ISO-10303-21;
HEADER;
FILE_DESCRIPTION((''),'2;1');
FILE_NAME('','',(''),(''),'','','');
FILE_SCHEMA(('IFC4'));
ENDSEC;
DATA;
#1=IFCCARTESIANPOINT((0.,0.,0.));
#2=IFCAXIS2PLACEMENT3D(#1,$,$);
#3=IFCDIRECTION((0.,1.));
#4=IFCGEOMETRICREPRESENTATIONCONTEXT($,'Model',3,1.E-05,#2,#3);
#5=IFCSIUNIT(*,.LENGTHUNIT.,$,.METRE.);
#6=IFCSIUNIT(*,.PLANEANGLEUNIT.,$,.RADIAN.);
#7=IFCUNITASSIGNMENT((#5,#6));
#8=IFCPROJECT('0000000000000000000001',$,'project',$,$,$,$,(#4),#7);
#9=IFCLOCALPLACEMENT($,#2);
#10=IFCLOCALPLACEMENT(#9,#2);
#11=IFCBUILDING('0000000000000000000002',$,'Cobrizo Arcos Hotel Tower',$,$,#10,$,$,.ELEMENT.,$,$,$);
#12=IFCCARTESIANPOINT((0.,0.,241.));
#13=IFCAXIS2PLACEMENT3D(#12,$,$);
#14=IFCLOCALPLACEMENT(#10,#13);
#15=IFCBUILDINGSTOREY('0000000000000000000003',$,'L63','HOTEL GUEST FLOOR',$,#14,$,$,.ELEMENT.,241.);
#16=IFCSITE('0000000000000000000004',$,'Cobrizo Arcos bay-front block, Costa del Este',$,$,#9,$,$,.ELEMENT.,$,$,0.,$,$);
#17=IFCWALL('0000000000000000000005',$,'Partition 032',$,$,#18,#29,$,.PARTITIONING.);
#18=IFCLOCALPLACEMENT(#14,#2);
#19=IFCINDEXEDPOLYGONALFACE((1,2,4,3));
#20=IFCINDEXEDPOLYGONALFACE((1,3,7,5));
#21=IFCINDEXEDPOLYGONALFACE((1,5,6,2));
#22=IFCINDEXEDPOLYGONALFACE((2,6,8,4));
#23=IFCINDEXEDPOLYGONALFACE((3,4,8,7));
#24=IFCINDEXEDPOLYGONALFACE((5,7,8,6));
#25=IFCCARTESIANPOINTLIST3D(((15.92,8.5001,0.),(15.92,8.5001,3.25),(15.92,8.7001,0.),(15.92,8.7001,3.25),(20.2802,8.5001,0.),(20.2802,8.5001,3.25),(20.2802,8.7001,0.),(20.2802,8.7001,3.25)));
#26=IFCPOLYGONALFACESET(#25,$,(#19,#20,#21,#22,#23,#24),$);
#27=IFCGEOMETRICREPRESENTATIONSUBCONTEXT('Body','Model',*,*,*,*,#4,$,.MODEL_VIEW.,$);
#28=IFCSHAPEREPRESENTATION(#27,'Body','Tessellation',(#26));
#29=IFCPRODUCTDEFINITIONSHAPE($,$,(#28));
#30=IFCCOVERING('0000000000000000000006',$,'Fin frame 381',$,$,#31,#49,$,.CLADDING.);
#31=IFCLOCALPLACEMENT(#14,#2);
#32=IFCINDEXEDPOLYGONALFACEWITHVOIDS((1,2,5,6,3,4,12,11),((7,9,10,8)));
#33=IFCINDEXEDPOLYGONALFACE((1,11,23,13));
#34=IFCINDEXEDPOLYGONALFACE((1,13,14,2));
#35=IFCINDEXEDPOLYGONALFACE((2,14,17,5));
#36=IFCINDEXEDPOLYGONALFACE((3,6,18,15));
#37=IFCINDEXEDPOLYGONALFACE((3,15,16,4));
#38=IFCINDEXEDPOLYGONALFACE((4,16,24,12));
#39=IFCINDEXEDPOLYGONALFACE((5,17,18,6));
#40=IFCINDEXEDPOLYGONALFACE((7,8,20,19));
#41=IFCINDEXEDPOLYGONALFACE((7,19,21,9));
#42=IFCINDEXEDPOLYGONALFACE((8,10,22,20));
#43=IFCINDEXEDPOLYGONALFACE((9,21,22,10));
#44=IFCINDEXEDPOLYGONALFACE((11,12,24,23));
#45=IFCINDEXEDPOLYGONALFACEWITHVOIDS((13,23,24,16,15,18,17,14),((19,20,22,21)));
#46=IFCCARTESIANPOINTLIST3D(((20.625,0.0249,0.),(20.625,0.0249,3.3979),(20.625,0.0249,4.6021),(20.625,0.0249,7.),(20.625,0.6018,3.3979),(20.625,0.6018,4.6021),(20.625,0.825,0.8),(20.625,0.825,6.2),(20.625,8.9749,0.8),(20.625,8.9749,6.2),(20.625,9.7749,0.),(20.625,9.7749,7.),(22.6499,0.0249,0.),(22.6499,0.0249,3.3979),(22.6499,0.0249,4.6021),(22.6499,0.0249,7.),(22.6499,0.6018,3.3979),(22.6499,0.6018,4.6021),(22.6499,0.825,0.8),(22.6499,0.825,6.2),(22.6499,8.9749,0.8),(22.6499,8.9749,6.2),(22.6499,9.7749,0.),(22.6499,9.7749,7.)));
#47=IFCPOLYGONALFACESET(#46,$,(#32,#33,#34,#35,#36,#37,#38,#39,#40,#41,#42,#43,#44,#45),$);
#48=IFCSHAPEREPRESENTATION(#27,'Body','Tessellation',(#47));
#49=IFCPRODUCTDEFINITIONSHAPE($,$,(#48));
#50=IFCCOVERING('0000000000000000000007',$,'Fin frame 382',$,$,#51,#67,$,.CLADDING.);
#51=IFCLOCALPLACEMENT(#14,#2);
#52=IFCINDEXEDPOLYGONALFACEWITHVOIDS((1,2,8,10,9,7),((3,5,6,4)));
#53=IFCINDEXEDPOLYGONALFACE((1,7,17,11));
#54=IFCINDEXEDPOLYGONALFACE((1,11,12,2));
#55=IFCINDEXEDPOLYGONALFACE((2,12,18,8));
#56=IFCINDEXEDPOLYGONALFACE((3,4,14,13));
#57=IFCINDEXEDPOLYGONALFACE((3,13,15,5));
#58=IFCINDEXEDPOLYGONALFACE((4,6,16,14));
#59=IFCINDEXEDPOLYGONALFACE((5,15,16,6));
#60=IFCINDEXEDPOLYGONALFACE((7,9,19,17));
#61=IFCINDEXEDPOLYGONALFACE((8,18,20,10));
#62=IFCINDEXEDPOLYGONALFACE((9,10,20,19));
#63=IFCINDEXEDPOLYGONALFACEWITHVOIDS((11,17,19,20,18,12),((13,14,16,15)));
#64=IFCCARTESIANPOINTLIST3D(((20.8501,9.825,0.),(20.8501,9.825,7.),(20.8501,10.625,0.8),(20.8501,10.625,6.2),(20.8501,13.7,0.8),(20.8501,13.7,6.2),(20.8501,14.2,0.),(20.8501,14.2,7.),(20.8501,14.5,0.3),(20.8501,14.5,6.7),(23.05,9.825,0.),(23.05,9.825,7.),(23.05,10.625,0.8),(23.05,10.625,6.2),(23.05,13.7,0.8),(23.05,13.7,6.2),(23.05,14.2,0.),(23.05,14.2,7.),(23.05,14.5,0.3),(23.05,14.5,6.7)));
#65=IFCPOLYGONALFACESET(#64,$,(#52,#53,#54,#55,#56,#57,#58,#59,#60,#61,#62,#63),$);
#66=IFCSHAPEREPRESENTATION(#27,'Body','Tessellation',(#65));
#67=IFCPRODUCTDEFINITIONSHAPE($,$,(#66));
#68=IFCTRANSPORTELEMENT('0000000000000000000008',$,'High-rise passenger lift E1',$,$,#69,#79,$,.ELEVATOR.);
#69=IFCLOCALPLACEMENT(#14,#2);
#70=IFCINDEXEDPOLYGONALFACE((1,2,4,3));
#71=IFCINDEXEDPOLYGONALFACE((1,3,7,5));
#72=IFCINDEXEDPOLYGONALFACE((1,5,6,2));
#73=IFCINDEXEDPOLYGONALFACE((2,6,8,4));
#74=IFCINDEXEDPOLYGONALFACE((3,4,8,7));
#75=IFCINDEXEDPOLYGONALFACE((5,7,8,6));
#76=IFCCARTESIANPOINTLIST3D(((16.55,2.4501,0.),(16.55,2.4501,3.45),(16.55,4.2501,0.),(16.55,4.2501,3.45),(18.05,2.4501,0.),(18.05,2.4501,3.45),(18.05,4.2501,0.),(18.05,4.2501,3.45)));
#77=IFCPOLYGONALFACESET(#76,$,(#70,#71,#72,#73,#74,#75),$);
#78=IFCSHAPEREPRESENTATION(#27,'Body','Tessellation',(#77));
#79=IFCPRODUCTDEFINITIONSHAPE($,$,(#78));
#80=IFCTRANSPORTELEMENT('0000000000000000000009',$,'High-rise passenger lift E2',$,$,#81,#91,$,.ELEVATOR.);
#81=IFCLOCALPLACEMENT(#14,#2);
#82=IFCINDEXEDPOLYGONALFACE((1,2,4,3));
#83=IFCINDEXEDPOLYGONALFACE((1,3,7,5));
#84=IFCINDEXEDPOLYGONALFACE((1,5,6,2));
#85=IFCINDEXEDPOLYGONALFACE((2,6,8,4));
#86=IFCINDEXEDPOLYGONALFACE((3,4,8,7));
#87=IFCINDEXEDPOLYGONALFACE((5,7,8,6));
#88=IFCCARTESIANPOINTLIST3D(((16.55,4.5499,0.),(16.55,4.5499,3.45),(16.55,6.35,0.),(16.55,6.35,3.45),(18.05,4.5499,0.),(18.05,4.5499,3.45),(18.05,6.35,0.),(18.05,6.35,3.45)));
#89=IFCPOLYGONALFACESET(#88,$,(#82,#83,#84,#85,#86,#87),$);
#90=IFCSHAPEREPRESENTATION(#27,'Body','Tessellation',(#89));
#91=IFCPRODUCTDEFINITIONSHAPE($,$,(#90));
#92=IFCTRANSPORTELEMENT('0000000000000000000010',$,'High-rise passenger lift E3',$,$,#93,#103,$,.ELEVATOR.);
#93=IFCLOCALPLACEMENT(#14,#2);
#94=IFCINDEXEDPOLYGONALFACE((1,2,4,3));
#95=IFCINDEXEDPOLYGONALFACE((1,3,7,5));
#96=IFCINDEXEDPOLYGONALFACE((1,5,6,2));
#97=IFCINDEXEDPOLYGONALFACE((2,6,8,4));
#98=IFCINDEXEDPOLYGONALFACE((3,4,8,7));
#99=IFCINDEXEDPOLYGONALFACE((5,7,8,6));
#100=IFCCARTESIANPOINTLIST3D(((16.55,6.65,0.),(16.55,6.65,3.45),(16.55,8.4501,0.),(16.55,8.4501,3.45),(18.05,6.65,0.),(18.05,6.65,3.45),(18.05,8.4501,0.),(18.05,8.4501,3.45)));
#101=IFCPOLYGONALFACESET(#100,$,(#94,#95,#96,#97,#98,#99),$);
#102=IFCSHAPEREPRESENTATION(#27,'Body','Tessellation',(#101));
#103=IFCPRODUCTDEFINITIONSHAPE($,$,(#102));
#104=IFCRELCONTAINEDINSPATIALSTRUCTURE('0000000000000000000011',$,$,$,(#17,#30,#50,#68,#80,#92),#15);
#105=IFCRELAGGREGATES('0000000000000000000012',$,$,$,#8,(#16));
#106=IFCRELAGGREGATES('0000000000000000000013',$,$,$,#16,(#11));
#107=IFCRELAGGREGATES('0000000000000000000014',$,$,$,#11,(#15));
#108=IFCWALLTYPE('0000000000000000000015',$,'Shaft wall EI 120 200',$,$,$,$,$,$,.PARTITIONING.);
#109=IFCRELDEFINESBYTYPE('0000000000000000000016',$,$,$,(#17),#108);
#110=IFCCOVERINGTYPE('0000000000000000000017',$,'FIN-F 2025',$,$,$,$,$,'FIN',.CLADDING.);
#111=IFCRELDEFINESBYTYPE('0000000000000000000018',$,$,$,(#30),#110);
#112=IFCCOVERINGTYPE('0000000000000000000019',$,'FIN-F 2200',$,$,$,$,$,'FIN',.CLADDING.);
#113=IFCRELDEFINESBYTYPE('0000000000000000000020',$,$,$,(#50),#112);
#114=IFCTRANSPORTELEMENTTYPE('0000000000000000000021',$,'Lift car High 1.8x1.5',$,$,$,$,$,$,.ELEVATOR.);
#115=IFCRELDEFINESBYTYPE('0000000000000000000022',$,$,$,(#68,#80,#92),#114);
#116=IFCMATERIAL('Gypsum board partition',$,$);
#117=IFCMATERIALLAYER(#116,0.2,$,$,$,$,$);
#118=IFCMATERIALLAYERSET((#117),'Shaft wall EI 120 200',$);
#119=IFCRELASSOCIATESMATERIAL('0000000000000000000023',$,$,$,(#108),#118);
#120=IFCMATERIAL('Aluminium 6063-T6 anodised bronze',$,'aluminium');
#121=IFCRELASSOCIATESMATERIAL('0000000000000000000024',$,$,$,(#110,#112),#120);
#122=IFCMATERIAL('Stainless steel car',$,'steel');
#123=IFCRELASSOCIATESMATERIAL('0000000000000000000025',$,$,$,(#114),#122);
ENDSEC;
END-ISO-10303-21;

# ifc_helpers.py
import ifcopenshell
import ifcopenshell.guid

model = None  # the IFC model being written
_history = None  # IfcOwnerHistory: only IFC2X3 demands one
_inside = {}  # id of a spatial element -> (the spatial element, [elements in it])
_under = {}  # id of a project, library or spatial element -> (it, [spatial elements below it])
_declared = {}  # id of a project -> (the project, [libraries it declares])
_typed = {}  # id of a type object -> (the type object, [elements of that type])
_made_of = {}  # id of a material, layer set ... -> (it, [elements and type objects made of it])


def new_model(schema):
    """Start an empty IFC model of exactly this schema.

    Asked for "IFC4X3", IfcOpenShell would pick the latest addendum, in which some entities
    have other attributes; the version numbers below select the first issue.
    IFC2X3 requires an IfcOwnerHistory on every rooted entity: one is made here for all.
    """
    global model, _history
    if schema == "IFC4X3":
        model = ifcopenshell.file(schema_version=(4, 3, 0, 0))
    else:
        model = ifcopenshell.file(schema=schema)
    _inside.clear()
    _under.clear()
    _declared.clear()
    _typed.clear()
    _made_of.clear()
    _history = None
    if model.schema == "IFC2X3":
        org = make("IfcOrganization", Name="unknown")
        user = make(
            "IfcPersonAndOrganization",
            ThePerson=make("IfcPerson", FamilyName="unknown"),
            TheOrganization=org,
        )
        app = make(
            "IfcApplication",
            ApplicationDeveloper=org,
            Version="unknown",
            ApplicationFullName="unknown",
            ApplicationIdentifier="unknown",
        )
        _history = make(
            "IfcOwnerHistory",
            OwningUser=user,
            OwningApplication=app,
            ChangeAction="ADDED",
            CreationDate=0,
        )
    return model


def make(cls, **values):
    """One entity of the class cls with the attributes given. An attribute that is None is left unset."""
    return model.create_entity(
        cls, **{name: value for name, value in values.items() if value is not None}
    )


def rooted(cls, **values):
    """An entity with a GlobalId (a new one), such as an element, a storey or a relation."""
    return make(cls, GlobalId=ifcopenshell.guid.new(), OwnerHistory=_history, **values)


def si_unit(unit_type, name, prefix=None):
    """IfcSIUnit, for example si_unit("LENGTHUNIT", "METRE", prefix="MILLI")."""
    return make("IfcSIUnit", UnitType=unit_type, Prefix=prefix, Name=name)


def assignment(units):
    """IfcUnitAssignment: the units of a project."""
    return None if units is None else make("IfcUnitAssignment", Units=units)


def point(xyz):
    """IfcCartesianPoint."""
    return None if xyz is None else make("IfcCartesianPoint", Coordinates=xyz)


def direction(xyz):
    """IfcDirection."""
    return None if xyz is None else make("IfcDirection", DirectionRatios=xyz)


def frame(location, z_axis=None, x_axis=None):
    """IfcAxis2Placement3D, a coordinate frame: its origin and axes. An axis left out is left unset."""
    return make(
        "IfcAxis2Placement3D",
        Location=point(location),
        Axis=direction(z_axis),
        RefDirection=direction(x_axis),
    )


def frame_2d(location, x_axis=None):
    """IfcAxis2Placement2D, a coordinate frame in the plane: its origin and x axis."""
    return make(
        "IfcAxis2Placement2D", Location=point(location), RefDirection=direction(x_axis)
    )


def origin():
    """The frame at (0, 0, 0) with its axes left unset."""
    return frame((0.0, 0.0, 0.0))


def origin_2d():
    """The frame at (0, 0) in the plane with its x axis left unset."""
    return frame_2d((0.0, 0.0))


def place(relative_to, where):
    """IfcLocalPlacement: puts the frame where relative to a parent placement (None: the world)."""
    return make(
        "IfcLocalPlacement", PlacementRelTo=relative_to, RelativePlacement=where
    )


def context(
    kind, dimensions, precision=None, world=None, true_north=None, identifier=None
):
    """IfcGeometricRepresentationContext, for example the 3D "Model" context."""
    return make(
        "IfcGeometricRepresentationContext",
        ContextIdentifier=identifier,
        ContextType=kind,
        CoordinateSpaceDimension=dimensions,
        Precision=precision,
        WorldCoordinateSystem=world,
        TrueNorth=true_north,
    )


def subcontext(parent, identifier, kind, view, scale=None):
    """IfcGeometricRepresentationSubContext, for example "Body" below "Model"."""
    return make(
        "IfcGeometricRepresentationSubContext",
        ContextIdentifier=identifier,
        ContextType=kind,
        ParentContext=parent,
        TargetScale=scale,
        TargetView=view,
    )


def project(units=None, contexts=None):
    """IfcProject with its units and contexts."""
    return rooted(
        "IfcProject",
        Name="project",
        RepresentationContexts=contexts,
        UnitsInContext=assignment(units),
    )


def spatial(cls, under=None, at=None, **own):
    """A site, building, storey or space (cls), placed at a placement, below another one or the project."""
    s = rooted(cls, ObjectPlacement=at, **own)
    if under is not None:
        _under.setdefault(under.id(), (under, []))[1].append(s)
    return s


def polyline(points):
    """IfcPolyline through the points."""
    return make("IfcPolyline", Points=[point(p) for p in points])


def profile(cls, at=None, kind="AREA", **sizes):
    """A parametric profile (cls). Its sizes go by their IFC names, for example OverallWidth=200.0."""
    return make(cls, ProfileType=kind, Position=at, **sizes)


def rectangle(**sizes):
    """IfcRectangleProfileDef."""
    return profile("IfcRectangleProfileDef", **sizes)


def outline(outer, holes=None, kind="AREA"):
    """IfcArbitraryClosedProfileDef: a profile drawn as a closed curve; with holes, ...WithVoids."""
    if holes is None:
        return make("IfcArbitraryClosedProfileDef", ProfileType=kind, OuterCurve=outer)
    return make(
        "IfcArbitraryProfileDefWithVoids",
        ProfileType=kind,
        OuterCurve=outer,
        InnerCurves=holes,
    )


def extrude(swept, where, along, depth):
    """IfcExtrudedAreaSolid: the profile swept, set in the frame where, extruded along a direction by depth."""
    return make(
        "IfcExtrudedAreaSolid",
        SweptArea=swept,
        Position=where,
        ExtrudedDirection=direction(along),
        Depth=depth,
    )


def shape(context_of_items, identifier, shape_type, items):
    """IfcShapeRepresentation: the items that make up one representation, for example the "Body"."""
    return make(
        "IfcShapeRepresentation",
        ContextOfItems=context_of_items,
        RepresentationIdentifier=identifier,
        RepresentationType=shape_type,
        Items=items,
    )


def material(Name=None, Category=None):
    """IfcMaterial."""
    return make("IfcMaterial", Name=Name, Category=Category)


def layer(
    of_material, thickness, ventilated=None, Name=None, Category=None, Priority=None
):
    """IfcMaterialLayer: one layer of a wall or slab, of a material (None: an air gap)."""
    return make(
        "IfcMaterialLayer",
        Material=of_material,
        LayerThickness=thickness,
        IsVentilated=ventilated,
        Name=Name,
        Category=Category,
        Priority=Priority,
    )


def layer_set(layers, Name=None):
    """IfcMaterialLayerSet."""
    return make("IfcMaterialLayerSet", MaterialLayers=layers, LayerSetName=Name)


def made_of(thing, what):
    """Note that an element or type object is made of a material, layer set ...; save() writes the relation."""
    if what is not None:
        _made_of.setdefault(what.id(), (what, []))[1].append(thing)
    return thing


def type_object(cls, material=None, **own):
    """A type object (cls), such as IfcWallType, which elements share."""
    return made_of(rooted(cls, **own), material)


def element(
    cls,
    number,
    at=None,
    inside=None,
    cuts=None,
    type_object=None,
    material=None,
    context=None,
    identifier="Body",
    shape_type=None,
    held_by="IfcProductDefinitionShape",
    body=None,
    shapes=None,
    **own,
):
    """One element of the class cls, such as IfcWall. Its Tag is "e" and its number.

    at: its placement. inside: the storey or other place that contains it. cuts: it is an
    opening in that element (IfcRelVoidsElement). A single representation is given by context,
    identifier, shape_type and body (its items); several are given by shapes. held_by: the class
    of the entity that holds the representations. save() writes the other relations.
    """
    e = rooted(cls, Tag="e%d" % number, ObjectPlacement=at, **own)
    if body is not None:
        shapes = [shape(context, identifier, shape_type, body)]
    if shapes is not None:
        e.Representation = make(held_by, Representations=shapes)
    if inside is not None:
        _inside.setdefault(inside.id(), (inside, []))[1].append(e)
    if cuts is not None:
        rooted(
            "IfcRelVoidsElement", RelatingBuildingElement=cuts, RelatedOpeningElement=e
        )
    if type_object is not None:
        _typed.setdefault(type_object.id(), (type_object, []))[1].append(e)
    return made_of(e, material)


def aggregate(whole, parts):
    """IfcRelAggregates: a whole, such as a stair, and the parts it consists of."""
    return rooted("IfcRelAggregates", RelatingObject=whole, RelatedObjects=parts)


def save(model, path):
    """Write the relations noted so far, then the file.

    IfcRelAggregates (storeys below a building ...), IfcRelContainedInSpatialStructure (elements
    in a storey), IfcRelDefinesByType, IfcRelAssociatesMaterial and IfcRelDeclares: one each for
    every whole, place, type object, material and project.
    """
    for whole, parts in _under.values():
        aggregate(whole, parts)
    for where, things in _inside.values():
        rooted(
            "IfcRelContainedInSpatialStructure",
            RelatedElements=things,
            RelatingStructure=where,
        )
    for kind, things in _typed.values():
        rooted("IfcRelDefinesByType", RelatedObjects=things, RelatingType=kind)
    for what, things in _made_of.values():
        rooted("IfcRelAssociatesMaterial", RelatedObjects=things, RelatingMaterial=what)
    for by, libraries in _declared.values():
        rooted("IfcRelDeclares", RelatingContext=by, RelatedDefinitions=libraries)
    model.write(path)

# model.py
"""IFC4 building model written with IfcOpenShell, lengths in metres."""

from ifc_helpers import new_model, si_unit, direction, frame, frame_2d, origin, origin_2d, place, context, subcontext, project, spatial, polyline, rectangle, outline, extrude, material, layer, layer_set, type_object, element, save


model = new_model("IFC4")

# Units and contexts
model_context = context("Model", 3, precision=1e-05, world=origin(), true_north=direction((0.0, 1.0)))
body_context = subcontext(model_context, "Body", "Model", "MODEL_VIEW")
ifc_project = project(units=[si_unit("LENGTHUNIT", "METRE"), si_unit("PLANEANGLEUNIT", "RADIAN")], contexts=[model_context])

# Site, building, storey
site_placement = place(None, origin())
site = spatial("IfcSite", under=ifc_project, at=site_placement, Name="Cobrizo Arcos bay-front block, Costa del Este", CompositionType="ELEMENT", RefElevation=0.0)
building_placement = place(site_placement, origin())
building = spatial("IfcBuilding", under=site, at=building_placement, Name="Cobrizo Arcos Hotel Tower", CompositionType="ELEMENT")
storey_placement = place(building_placement, frame((0.0, 0.0, 241.0)))
storey = spatial("IfcBuildingStorey", under=building, at=storey_placement, Name="L63", Description="HOTEL GUEST FLOOR", CompositionType="ELEMENT", Elevation=241.0)

# Shared definitions
ifc_material_1 = material(Name="Aluminium 6063-T6 anodised bronze", Category="aluminium")

# Shared definitions
ifc_material_2 = material(Name="Gypsum board partition")

# Wall
ifc_layer_1 = layer(ifc_material_2, 0.2)
ifc_layer_set_1 = layer_set([ifc_layer_1], Name="Shaft wall EI 120 200")
wall_type_1 = type_object("IfcWallType", Name="Shaft wall EI 120 200", PredefinedType="PARTITIONING", material=ifc_layer_set_1)
wall_1_placement = place(storey_placement, frame((15.9199, 8.6001, 0.0), z_axis=(0.0, 0.0, 1.0), x_axis=(1.0, 0.0, 0.0)))
element("IfcWall", 1, at=wall_1_placement, inside=storey, type_object=wall_type_1, Name="Partition 032", PredefinedType="PARTITIONING", context=body_context, shape_type="SweptSolid", body=[
    extrude(rectangle(XDim=4.3601, YDim=0.2, at=frame_2d((2.1802, 0.0))), origin(), (0.0, 0.0, 1.0), 3.25),
])

# Coverings
covering_type_1 = type_object("IfcCoveringType", Name="FIN-F 2025", ElementType="FIN", PredefinedType="CLADDING", material=ifc_material_1)
covering_1_placement = place(storey_placement, frame((20.625, 0.0249, 0.0), z_axis=(1.0, 0.0, 0.0), x_axis=(0.0, 1.0, 0.0)))
element("IfcCovering", 2, at=covering_1_placement, inside=storey, type_object=covering_type_1, Name="Fin frame 381", PredefinedType="CLADDING", context=body_context, shape_type="SweptSolid", body=[
    extrude(outline(polyline([(0.0, 7.0), (0.0, 4.6021), (0.5769, 4.6021), (0.5769, 3.3979), (0.0, 3.3979), (0.0, 0.0), (9.75, 0.0), (9.75, 7.0), (0.0, 7.0)]), holes=[polyline([(8.95, 0.8), (0.8, 0.8), (0.8, 6.2), (8.95, 6.2), (8.95, 0.8)])]), origin(), (0.0, 0.0, 1.0), 2.0249),
])
covering_type_2 = type_object("IfcCoveringType", Name="FIN-F 2200", ElementType="FIN", PredefinedType="CLADDING", material=ifc_material_1)
covering_2_placement = place(storey_placement, frame((20.8501, 9.825, 0.0), z_axis=(1.0, 0.0, 0.0), x_axis=(0.0, 1.0, 0.0)))
element("IfcCovering", 3, at=covering_2_placement, inside=storey, type_object=covering_type_2, Name="Fin frame 382", PredefinedType="CLADDING", context=body_context, shape_type="SweptSolid", body=[
    extrude(outline(polyline([(0.0, 7.0), (0.0, 0.0), (4.375, 0.0), (4.675, 0.3), (4.675, 6.7), (4.375, 7.0), (0.0, 7.0)]), holes=[polyline([(3.875, 0.8), (0.8, 0.8), (0.8, 6.2), (3.875, 6.2), (3.875, 0.8)])]), origin(), (0.0, 0.0, 1.0), 2.2),
])

# Transport elements
ifc_material_3 = material(Name="Stainless steel car", Category="steel")
transport_element_type = type_object("IfcTransportElementType", Name="Lift car High 1.8x1.5", PredefinedType="ELEVATOR", material=ifc_material_3)
for number, where, z_axis, x_axis, name in (
    (4, (17.3, 3.3501, 0.0), (0.0, 0.0, 1.0), (1.0, 0.0, 0.0), "High-rise passenger lift E1"),
    (5, (17.3, 5.45, 0.0), (0.0, 0.0, 1.0), (1.0, 0.0, 0.0), "High-rise passenger lift E2"),
    (6, (17.3, 7.55, 0.0), (0.0, 0.0, 1.0), (1.0, 0.0, 0.0), "High-rise passenger lift E3"),
):
    element("IfcTransportElement", number, at=place(storey_placement, frame(where, z_axis=z_axis, x_axis=x_axis)), inside=storey, type_object=transport_element_type, Name=name, PredefinedType="ELEVATOR", context=body_context, shape_type="SweptSolid", body=[
        extrude(rectangle(XDim=1.5, YDim=1.8, at=origin_2d()), origin(), (0.0, 0.0, 1.0), 3.45),
    ])

save(model, "model.ifc")
